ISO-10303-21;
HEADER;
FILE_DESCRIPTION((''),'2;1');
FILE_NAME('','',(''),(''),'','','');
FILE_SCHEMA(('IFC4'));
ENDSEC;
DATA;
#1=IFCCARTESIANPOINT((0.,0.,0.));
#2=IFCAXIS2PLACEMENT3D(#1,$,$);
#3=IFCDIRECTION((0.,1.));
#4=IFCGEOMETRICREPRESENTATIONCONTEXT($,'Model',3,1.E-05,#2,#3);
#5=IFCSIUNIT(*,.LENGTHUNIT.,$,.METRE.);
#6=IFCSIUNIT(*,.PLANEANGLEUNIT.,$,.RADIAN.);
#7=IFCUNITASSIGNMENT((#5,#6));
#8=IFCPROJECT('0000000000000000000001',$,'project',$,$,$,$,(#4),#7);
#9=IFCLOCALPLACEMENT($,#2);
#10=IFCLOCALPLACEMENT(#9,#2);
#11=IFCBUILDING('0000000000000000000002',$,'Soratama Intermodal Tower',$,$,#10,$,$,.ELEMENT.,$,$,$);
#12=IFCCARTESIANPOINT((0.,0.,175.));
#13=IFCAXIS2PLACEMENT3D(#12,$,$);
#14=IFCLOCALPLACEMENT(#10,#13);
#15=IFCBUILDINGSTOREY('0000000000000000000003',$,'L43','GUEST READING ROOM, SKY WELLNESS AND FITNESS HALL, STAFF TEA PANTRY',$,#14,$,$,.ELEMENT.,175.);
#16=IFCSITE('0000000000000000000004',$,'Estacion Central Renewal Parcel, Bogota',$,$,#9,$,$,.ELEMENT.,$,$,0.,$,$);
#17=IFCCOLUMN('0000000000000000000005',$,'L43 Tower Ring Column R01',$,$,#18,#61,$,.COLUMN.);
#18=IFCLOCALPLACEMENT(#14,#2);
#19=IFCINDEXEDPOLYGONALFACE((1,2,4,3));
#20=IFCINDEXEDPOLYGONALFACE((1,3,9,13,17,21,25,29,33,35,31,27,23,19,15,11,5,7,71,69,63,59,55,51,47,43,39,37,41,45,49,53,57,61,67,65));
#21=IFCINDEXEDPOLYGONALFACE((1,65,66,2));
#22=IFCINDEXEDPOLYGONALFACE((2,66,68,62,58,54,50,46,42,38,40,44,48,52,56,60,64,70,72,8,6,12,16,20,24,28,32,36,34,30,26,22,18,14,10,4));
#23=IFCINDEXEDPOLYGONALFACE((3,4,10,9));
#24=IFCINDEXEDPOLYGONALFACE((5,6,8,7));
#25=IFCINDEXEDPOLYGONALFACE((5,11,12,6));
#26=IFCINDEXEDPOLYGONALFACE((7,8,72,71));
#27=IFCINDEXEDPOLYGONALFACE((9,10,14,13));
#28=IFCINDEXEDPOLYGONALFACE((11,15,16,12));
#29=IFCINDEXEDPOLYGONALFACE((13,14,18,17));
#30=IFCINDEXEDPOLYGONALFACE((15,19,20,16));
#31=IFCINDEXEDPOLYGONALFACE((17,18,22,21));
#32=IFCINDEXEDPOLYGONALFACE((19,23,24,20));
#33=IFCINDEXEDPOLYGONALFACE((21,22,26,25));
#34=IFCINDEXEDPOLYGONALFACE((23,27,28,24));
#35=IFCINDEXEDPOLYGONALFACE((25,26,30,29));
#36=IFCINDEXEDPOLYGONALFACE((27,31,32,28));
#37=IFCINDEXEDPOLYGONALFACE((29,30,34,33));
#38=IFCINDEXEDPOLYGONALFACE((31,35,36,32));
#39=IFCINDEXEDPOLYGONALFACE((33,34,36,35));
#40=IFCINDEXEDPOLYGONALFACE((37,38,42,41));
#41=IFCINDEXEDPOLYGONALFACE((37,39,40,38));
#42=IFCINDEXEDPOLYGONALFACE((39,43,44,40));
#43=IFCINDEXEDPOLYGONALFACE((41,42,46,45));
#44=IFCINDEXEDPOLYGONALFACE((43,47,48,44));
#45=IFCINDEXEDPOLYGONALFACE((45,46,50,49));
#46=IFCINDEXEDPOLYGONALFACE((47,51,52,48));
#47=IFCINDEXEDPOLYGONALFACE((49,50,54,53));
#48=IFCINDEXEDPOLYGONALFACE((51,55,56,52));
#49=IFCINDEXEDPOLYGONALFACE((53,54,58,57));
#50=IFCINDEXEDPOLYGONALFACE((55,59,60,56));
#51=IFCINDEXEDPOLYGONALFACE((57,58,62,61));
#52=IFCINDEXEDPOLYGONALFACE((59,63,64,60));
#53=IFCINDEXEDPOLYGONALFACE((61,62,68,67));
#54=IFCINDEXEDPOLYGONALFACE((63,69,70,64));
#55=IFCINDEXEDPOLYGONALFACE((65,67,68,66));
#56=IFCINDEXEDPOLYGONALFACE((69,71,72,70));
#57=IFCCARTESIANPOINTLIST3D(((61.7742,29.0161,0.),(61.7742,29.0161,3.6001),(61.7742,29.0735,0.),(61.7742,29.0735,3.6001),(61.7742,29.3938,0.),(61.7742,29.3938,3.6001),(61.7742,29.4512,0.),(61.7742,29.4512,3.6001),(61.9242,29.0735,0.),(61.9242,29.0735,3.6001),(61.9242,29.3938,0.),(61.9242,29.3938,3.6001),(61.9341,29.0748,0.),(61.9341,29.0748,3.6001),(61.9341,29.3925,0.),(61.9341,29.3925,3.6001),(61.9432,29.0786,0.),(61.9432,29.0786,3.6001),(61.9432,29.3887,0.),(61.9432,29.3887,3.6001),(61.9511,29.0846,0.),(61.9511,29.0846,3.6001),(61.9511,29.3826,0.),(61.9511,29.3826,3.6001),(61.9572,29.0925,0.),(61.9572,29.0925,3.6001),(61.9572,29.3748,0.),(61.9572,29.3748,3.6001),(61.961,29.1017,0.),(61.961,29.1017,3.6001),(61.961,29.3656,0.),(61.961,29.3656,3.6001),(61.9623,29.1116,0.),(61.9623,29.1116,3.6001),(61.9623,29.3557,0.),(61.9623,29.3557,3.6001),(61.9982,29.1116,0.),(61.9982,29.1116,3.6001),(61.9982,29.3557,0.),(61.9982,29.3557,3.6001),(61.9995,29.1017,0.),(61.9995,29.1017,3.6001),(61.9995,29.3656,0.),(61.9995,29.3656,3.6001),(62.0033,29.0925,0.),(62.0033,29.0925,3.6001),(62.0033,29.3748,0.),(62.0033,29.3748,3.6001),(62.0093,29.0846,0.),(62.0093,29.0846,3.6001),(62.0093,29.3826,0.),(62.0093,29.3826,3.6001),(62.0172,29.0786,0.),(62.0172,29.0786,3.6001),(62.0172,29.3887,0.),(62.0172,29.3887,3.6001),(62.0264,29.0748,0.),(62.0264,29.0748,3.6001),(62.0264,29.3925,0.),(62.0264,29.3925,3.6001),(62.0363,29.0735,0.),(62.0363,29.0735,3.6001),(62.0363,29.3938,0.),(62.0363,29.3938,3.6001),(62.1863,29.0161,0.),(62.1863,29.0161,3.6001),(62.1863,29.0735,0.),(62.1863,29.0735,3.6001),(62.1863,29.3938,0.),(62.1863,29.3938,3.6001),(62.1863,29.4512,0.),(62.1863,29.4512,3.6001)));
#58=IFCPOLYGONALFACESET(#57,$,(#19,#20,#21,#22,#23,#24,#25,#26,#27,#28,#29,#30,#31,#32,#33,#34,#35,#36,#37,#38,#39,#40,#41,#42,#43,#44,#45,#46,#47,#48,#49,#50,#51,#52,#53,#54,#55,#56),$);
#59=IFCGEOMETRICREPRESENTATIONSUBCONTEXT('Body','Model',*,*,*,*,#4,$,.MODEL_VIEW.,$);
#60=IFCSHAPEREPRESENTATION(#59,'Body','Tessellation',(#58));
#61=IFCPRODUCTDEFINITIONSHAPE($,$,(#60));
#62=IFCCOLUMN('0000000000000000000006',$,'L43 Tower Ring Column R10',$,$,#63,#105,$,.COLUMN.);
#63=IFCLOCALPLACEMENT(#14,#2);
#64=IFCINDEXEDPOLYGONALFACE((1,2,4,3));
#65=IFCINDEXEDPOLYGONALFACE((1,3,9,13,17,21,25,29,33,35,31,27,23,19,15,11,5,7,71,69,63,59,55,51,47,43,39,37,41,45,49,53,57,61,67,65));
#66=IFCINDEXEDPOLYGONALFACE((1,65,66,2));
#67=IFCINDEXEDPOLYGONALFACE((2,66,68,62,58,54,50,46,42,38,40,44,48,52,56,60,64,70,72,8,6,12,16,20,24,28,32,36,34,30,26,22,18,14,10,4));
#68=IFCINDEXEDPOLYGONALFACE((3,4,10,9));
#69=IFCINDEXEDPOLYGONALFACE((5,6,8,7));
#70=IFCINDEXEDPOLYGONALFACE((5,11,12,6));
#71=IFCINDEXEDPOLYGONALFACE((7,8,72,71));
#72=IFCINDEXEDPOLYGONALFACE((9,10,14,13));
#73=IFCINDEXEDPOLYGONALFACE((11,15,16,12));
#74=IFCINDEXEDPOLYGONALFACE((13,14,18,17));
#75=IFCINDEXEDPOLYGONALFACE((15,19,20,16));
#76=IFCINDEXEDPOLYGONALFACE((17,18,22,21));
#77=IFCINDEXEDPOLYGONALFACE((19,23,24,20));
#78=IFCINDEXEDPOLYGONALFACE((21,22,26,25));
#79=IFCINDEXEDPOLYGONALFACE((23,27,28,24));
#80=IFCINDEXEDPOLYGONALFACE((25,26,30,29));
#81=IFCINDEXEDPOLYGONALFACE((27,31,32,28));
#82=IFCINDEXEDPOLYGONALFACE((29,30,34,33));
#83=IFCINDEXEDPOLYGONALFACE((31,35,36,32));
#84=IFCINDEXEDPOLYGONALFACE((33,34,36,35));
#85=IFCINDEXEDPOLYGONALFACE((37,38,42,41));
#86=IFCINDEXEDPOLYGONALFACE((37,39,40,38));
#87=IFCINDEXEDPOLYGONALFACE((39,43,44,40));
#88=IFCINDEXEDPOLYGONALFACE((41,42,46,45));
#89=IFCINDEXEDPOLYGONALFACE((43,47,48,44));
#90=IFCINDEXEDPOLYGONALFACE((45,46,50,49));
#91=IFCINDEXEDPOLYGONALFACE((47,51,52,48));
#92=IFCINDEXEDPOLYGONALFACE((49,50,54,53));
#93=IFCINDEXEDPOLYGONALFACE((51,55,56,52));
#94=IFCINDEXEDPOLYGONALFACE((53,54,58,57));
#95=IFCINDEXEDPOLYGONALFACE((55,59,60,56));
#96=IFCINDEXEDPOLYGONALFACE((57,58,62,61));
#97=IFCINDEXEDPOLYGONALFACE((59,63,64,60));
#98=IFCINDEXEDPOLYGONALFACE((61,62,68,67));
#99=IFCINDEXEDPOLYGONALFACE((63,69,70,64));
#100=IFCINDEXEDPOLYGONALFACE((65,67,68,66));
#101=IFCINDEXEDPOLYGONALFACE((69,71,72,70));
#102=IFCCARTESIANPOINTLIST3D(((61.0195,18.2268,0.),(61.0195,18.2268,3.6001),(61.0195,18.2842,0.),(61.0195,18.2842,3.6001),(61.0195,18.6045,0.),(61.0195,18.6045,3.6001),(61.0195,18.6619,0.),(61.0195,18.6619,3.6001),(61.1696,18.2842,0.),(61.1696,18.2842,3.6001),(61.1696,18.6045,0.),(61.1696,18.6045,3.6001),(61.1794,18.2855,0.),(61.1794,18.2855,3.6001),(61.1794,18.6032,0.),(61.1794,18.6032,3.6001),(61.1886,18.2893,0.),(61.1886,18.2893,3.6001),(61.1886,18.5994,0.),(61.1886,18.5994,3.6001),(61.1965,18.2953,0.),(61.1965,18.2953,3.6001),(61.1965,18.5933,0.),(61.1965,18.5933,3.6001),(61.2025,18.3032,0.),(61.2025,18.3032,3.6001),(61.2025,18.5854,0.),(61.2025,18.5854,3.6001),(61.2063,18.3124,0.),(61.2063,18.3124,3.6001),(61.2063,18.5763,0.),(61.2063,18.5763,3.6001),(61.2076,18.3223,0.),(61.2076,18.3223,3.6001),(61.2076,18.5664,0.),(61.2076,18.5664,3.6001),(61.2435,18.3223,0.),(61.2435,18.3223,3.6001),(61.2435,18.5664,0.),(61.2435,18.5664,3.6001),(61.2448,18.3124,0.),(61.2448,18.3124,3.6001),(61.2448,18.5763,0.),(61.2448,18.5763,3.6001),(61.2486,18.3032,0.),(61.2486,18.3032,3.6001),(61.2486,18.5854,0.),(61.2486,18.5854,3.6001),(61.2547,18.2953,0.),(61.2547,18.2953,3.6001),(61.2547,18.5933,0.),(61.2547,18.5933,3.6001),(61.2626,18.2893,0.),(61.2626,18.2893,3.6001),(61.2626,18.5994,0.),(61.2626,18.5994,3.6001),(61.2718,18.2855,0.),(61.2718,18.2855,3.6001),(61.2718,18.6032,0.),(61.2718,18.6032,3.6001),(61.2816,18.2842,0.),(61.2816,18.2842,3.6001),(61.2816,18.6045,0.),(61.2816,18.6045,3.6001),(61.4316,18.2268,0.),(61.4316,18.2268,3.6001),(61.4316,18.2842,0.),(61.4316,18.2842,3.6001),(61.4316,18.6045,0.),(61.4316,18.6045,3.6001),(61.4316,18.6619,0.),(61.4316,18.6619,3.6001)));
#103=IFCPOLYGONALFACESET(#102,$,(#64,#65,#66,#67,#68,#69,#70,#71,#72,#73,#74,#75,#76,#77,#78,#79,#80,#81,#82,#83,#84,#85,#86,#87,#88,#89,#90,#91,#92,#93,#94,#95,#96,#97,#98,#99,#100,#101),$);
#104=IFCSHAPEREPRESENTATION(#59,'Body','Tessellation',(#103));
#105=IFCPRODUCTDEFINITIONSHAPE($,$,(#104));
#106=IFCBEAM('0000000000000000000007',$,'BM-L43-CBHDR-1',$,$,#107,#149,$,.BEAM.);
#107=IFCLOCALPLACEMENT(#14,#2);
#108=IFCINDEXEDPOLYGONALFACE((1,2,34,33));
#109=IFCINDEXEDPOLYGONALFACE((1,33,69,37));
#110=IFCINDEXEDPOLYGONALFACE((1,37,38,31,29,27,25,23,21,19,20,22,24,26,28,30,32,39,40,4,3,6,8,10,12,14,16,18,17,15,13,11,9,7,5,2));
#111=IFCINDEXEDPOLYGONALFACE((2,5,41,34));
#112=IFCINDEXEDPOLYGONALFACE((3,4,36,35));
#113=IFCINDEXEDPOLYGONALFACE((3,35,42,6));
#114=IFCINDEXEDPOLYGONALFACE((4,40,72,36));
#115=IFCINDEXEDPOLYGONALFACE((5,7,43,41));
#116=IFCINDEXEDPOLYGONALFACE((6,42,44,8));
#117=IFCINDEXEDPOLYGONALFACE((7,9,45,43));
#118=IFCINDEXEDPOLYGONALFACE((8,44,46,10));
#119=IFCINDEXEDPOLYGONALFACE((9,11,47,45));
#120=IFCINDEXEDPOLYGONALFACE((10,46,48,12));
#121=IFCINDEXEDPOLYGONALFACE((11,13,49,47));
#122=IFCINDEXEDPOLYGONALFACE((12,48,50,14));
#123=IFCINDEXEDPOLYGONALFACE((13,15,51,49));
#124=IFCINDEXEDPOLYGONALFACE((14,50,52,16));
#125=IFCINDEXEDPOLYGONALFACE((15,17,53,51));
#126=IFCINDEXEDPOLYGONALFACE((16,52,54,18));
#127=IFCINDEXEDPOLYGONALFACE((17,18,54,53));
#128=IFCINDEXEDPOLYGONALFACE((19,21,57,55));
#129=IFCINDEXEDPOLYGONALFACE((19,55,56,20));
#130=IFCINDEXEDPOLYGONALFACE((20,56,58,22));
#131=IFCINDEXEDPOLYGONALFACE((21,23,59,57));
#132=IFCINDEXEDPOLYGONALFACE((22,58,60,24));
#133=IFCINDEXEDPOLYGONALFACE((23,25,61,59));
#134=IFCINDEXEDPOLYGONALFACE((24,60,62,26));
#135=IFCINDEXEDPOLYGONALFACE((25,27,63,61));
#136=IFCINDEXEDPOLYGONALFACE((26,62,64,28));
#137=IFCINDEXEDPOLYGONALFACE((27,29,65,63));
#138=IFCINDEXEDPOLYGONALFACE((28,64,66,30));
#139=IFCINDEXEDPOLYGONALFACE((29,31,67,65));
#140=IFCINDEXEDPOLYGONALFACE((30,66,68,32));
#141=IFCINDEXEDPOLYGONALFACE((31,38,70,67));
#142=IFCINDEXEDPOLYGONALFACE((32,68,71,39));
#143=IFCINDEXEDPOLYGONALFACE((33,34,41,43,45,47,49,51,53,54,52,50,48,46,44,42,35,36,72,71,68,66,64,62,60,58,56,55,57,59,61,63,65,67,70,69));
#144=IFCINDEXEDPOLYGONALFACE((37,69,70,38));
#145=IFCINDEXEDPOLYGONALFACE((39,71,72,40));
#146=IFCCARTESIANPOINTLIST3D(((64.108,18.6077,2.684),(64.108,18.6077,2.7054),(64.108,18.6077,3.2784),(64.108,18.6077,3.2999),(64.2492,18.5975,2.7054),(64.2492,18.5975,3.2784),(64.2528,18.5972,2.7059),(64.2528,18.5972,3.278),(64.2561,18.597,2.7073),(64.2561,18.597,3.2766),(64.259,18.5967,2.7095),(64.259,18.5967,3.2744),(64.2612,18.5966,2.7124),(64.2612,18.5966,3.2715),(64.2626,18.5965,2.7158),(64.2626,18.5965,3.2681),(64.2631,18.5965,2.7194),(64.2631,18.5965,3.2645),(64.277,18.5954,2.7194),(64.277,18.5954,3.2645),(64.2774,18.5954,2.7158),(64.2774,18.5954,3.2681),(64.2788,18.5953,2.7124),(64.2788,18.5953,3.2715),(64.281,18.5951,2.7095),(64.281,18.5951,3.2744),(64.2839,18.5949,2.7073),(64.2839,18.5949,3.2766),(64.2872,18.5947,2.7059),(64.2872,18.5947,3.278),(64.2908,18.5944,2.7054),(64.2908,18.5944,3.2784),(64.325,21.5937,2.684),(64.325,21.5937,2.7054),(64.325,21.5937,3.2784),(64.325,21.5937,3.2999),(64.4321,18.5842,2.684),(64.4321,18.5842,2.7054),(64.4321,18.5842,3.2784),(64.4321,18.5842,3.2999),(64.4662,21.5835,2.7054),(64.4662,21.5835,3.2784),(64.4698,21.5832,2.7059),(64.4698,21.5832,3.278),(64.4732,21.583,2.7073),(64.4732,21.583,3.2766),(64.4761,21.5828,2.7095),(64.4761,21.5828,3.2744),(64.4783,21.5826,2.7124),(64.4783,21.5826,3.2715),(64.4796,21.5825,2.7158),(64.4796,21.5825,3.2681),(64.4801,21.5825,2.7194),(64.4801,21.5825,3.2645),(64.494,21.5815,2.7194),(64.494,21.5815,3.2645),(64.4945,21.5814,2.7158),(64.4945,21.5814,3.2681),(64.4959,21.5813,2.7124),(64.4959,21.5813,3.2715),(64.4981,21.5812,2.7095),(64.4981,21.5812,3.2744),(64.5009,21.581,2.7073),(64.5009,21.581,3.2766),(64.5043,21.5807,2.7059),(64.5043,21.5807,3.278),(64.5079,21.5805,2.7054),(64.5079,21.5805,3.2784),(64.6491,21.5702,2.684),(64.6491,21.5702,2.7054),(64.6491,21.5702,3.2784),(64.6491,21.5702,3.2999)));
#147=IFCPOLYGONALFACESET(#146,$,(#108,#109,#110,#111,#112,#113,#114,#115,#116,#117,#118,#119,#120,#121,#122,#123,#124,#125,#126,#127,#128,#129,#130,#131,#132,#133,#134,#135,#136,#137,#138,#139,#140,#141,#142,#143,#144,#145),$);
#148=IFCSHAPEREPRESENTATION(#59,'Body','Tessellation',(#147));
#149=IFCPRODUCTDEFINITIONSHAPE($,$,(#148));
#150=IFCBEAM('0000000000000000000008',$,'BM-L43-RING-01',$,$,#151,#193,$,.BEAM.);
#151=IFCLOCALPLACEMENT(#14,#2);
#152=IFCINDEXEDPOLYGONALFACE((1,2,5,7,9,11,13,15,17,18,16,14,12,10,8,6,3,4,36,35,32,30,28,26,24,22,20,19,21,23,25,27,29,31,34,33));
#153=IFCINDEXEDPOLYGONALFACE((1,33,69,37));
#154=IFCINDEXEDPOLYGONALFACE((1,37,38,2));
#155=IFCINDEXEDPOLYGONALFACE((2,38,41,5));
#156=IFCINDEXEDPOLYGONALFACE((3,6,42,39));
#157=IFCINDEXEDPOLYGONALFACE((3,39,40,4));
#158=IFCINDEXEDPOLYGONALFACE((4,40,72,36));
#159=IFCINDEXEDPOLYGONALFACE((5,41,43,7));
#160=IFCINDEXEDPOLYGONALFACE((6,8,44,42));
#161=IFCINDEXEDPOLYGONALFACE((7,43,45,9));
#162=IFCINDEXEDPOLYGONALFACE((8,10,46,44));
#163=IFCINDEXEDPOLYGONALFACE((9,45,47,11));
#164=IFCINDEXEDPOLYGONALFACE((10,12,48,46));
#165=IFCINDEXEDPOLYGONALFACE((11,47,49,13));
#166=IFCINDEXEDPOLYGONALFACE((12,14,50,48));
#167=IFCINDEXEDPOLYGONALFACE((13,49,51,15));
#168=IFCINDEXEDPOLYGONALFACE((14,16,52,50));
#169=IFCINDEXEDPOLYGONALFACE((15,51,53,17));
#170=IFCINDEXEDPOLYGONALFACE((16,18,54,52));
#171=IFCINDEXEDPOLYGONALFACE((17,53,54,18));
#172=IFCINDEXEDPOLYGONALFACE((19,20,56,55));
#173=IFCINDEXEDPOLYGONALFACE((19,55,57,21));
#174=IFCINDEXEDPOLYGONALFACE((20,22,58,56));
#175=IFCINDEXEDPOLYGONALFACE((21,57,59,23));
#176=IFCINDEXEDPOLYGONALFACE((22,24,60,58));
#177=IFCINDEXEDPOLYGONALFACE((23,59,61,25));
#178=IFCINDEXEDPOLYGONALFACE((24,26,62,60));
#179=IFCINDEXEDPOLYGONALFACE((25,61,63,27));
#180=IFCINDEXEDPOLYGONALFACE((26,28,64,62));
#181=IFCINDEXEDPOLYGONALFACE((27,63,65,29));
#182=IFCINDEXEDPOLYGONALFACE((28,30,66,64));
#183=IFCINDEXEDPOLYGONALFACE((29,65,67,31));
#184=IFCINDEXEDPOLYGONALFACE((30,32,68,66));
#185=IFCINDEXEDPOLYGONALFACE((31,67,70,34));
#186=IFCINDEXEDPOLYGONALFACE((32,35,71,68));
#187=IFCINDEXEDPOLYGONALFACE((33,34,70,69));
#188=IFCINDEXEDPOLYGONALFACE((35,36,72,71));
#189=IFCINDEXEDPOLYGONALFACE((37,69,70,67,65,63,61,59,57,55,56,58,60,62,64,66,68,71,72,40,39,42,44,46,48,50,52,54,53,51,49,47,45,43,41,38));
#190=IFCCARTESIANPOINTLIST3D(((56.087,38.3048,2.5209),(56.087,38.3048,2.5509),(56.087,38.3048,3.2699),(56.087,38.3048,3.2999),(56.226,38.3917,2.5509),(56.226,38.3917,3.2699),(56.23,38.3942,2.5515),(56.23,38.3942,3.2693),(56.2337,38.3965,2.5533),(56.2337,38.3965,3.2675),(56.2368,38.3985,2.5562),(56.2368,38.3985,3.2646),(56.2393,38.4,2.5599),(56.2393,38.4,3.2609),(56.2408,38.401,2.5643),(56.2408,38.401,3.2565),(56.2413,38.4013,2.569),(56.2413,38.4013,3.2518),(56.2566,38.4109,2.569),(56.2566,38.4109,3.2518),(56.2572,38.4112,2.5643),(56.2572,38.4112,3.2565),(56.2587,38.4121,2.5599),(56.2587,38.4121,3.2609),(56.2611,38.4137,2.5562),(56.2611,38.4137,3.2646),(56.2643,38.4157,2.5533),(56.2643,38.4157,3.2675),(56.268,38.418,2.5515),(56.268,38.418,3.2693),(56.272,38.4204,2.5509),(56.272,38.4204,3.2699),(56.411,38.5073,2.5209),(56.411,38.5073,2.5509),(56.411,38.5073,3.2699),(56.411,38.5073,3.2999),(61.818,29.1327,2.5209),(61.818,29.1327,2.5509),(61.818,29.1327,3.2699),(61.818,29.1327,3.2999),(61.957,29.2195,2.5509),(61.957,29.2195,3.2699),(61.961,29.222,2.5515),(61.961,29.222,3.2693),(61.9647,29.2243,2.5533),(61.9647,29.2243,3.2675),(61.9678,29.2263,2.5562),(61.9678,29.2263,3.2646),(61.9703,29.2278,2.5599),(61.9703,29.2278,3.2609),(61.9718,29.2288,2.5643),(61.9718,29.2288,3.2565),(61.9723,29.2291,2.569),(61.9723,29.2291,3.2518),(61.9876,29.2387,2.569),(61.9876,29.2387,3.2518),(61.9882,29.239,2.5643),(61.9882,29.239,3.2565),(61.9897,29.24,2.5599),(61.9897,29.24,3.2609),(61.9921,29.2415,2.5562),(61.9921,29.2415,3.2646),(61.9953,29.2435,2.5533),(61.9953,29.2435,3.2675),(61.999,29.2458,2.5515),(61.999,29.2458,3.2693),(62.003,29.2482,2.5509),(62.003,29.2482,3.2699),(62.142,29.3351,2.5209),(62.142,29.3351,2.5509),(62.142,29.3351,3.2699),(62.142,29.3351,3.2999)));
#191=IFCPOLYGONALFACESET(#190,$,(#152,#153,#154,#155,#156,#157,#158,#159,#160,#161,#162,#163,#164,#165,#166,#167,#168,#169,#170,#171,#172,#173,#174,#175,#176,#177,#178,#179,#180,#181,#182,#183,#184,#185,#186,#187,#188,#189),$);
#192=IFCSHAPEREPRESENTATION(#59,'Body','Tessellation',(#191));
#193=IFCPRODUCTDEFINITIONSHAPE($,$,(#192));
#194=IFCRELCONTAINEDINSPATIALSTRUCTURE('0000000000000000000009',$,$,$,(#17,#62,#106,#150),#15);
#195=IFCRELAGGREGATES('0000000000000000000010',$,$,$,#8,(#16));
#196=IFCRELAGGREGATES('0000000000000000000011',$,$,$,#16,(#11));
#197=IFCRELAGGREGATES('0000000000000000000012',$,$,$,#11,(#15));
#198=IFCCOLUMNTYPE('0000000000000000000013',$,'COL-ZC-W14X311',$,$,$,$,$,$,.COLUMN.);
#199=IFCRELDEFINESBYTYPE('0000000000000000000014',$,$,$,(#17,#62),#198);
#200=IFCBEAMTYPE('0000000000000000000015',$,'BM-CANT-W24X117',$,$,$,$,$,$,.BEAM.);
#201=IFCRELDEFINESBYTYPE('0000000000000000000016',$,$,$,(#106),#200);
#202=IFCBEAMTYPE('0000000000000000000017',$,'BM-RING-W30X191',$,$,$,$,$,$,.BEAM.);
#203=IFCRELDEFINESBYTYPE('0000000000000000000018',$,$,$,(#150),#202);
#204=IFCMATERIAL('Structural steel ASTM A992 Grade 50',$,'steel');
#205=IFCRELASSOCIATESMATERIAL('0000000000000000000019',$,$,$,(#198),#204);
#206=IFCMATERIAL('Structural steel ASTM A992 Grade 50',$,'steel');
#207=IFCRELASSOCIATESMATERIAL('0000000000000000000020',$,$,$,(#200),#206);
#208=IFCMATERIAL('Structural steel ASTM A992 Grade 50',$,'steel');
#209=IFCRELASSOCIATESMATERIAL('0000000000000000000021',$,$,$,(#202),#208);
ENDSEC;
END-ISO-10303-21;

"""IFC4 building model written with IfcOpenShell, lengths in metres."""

from ifc_helpers import new_model, si_unit, direction, frame, origin, origin_2d, place, context, subcontext, project, spatial, i_section, extrude, material, material_profile, profile_set, type_object, element, save


model = new_model("IFC4")

# Units and contexts
model_context = context("Model", 3, precision=1e-05, world=origin(), true_north=direction((0.0, 1.0)))
body_context = subcontext(model_context, "Body", "Model", "MODEL_VIEW")
ifc_project = project(units=[si_unit("LENGTHUNIT", "METRE"), si_unit("PLANEANGLEUNIT", "RADIAN")], contexts=[model_context])

# Site, building, storey
site_placement = place(None, origin())
site = spatial("IfcSite", under=ifc_project, at=site_placement, Name="Estacion Central Renewal Parcel, Bogota", CompositionType="ELEMENT", RefElevation=0.0)
building_placement = place(site_placement, origin())
building = spatial("IfcBuilding", under=site, at=building_placement, Name="Soratama Intermodal Tower", CompositionType="ELEMENT")
storey_placement = place(building_placement, frame((0.0, 0.0, 175.0)))
storey = spatial("IfcBuildingStorey", under=building, at=storey_placement, Name="L43", Description="GUEST READING ROOM, SKY WELLNESS AND FITNESS HALL, STAFF TEA PANTRY", CompositionType="ELEMENT", Elevation=175.0)

# Columns
ifc_material_1 = material(Name="Structural steel ASTM A992 Grade 50", Category="steel")
ifc_material_profile_1 = material_profile(ifc_material_1, i_section(OverallWidth=0.4121, OverallDepth=0.4351, WebThickness=0.0359, FlangeThickness=0.0574, FilletRadius=0.0381, at=origin_2d()), Name="W14X311")
ifc_profile_set_1 = profile_set([ifc_material_profile_1], Name="Structural steel ASTM A992 Grade 50")
column_type = type_object("IfcColumnType", Name="COL-ZC-W14X311", PredefinedType="COLUMN", material=ifc_profile_set_1)
for number, where, z_axis, x_axis, name in (
    (1, (61.9802, 29.2336, 0.0), (0.0, 0.0, 1.0), (1.0, 0.0, 0.0), "L43 Tower Ring Column R01"),
    (2, (61.2256, 18.4443, 0.0), (0.0, 0.0, 1.0), (1.0, 0.0, 0.0), "L43 Tower Ring Column R10"),
):
    element("IfcColumn", number, at=place(storey_placement, frame(where, z_axis=z_axis, x_axis=x_axis)), inside=storey, type_object=column_type, Name=name, PredefinedType="COLUMN", context=body_context, shape_type="SweptSolid", body=[
        extrude(i_section(OverallWidth=0.4121, OverallDepth=0.4351, WebThickness=0.0359, FlangeThickness=0.0574, FilletRadius=0.0381, at=origin_2d()), origin(), (0.0, 0.0, 1.0), 3.6001),
    ])

# Beams
ifc_material_2 = material(Name="Structural steel ASTM A992 Grade 50", Category="steel")
ifc_material_profile_2 = material_profile(ifc_material_2, i_section(OverallWidth=0.325, OverallDepth=0.616, WebThickness=0.0139, FlangeThickness=0.0215, FilletRadius=0.0139, at=origin_2d()), Name="W24X117")
ifc_profile_set_2 = profile_set([ifc_material_profile_2], Name="Structural steel ASTM A992 Grade 50")
beam_type_1 = type_object("IfcBeamType", Name="BM-CANT-W24X117", PredefinedType="BEAM", material=ifc_profile_set_2)
beam_1_placement = place(storey_placement, frame((64.27, 18.5959, 2.9919), z_axis=(0.072493, 0.997369, 0.0), x_axis=(-0.997369, 0.072493, 0.0)))
element("IfcBeam", 3, at=beam_1_placement, inside=storey, type_object=beam_type_1, Name="BM-L43-CBHDR-1", PredefinedType="BEAM", context=body_context, shape_type="SweptSolid", body=[
    extrude(i_section(OverallWidth=0.325, OverallDepth=0.616, WebThickness=0.0139, FlangeThickness=0.0215, FilletRadius=0.0139, at=origin_2d()), origin(), (0.0, 0.0, 1.0), 2.9939),
])
ifc_material_3 = material(Name="Structural steel ASTM A992 Grade 50", Category="steel")
ifc_material_profile_3 = material_profile(ifc_material_3, i_section(OverallWidth=0.3821, OverallDepth=0.7791, WebThickness=0.0181, FlangeThickness=0.03, FilletRadius=0.0181, at=origin_2d()), Name="W30X191")
ifc_profile_set_3 = profile_set([ifc_material_profile_3], Name="Structural steel ASTM A992 Grade 50")
beam_type_2 = type_object("IfcBeamType", Name="BM-RING-W30X191", PredefinedType="BEAM", material=ifc_profile_set_3)
beam_2_placement = place(storey_placement, frame((61.98, 29.2339, 2.9104), z_axis=(-0.529891, 0.848066, 0.0), x_axis=(-0.848066, -0.529891, 0.0)))
element("IfcBeam", 4, at=beam_2_placement, inside=storey, type_object=beam_type_2, Name="BM-L43-RING-01", PredefinedType="BEAM", context=body_context, shape_type="SweptSolid", body=[
    extrude(i_section(OverallWidth=0.3821, OverallDepth=0.7791, WebThickness=0.0181, FlangeThickness=0.03, FilletRadius=0.0181, at=origin_2d()), origin(), (0.0, 0.0, 1.0), 10.8154),
])

save(model, "model.ifc")
